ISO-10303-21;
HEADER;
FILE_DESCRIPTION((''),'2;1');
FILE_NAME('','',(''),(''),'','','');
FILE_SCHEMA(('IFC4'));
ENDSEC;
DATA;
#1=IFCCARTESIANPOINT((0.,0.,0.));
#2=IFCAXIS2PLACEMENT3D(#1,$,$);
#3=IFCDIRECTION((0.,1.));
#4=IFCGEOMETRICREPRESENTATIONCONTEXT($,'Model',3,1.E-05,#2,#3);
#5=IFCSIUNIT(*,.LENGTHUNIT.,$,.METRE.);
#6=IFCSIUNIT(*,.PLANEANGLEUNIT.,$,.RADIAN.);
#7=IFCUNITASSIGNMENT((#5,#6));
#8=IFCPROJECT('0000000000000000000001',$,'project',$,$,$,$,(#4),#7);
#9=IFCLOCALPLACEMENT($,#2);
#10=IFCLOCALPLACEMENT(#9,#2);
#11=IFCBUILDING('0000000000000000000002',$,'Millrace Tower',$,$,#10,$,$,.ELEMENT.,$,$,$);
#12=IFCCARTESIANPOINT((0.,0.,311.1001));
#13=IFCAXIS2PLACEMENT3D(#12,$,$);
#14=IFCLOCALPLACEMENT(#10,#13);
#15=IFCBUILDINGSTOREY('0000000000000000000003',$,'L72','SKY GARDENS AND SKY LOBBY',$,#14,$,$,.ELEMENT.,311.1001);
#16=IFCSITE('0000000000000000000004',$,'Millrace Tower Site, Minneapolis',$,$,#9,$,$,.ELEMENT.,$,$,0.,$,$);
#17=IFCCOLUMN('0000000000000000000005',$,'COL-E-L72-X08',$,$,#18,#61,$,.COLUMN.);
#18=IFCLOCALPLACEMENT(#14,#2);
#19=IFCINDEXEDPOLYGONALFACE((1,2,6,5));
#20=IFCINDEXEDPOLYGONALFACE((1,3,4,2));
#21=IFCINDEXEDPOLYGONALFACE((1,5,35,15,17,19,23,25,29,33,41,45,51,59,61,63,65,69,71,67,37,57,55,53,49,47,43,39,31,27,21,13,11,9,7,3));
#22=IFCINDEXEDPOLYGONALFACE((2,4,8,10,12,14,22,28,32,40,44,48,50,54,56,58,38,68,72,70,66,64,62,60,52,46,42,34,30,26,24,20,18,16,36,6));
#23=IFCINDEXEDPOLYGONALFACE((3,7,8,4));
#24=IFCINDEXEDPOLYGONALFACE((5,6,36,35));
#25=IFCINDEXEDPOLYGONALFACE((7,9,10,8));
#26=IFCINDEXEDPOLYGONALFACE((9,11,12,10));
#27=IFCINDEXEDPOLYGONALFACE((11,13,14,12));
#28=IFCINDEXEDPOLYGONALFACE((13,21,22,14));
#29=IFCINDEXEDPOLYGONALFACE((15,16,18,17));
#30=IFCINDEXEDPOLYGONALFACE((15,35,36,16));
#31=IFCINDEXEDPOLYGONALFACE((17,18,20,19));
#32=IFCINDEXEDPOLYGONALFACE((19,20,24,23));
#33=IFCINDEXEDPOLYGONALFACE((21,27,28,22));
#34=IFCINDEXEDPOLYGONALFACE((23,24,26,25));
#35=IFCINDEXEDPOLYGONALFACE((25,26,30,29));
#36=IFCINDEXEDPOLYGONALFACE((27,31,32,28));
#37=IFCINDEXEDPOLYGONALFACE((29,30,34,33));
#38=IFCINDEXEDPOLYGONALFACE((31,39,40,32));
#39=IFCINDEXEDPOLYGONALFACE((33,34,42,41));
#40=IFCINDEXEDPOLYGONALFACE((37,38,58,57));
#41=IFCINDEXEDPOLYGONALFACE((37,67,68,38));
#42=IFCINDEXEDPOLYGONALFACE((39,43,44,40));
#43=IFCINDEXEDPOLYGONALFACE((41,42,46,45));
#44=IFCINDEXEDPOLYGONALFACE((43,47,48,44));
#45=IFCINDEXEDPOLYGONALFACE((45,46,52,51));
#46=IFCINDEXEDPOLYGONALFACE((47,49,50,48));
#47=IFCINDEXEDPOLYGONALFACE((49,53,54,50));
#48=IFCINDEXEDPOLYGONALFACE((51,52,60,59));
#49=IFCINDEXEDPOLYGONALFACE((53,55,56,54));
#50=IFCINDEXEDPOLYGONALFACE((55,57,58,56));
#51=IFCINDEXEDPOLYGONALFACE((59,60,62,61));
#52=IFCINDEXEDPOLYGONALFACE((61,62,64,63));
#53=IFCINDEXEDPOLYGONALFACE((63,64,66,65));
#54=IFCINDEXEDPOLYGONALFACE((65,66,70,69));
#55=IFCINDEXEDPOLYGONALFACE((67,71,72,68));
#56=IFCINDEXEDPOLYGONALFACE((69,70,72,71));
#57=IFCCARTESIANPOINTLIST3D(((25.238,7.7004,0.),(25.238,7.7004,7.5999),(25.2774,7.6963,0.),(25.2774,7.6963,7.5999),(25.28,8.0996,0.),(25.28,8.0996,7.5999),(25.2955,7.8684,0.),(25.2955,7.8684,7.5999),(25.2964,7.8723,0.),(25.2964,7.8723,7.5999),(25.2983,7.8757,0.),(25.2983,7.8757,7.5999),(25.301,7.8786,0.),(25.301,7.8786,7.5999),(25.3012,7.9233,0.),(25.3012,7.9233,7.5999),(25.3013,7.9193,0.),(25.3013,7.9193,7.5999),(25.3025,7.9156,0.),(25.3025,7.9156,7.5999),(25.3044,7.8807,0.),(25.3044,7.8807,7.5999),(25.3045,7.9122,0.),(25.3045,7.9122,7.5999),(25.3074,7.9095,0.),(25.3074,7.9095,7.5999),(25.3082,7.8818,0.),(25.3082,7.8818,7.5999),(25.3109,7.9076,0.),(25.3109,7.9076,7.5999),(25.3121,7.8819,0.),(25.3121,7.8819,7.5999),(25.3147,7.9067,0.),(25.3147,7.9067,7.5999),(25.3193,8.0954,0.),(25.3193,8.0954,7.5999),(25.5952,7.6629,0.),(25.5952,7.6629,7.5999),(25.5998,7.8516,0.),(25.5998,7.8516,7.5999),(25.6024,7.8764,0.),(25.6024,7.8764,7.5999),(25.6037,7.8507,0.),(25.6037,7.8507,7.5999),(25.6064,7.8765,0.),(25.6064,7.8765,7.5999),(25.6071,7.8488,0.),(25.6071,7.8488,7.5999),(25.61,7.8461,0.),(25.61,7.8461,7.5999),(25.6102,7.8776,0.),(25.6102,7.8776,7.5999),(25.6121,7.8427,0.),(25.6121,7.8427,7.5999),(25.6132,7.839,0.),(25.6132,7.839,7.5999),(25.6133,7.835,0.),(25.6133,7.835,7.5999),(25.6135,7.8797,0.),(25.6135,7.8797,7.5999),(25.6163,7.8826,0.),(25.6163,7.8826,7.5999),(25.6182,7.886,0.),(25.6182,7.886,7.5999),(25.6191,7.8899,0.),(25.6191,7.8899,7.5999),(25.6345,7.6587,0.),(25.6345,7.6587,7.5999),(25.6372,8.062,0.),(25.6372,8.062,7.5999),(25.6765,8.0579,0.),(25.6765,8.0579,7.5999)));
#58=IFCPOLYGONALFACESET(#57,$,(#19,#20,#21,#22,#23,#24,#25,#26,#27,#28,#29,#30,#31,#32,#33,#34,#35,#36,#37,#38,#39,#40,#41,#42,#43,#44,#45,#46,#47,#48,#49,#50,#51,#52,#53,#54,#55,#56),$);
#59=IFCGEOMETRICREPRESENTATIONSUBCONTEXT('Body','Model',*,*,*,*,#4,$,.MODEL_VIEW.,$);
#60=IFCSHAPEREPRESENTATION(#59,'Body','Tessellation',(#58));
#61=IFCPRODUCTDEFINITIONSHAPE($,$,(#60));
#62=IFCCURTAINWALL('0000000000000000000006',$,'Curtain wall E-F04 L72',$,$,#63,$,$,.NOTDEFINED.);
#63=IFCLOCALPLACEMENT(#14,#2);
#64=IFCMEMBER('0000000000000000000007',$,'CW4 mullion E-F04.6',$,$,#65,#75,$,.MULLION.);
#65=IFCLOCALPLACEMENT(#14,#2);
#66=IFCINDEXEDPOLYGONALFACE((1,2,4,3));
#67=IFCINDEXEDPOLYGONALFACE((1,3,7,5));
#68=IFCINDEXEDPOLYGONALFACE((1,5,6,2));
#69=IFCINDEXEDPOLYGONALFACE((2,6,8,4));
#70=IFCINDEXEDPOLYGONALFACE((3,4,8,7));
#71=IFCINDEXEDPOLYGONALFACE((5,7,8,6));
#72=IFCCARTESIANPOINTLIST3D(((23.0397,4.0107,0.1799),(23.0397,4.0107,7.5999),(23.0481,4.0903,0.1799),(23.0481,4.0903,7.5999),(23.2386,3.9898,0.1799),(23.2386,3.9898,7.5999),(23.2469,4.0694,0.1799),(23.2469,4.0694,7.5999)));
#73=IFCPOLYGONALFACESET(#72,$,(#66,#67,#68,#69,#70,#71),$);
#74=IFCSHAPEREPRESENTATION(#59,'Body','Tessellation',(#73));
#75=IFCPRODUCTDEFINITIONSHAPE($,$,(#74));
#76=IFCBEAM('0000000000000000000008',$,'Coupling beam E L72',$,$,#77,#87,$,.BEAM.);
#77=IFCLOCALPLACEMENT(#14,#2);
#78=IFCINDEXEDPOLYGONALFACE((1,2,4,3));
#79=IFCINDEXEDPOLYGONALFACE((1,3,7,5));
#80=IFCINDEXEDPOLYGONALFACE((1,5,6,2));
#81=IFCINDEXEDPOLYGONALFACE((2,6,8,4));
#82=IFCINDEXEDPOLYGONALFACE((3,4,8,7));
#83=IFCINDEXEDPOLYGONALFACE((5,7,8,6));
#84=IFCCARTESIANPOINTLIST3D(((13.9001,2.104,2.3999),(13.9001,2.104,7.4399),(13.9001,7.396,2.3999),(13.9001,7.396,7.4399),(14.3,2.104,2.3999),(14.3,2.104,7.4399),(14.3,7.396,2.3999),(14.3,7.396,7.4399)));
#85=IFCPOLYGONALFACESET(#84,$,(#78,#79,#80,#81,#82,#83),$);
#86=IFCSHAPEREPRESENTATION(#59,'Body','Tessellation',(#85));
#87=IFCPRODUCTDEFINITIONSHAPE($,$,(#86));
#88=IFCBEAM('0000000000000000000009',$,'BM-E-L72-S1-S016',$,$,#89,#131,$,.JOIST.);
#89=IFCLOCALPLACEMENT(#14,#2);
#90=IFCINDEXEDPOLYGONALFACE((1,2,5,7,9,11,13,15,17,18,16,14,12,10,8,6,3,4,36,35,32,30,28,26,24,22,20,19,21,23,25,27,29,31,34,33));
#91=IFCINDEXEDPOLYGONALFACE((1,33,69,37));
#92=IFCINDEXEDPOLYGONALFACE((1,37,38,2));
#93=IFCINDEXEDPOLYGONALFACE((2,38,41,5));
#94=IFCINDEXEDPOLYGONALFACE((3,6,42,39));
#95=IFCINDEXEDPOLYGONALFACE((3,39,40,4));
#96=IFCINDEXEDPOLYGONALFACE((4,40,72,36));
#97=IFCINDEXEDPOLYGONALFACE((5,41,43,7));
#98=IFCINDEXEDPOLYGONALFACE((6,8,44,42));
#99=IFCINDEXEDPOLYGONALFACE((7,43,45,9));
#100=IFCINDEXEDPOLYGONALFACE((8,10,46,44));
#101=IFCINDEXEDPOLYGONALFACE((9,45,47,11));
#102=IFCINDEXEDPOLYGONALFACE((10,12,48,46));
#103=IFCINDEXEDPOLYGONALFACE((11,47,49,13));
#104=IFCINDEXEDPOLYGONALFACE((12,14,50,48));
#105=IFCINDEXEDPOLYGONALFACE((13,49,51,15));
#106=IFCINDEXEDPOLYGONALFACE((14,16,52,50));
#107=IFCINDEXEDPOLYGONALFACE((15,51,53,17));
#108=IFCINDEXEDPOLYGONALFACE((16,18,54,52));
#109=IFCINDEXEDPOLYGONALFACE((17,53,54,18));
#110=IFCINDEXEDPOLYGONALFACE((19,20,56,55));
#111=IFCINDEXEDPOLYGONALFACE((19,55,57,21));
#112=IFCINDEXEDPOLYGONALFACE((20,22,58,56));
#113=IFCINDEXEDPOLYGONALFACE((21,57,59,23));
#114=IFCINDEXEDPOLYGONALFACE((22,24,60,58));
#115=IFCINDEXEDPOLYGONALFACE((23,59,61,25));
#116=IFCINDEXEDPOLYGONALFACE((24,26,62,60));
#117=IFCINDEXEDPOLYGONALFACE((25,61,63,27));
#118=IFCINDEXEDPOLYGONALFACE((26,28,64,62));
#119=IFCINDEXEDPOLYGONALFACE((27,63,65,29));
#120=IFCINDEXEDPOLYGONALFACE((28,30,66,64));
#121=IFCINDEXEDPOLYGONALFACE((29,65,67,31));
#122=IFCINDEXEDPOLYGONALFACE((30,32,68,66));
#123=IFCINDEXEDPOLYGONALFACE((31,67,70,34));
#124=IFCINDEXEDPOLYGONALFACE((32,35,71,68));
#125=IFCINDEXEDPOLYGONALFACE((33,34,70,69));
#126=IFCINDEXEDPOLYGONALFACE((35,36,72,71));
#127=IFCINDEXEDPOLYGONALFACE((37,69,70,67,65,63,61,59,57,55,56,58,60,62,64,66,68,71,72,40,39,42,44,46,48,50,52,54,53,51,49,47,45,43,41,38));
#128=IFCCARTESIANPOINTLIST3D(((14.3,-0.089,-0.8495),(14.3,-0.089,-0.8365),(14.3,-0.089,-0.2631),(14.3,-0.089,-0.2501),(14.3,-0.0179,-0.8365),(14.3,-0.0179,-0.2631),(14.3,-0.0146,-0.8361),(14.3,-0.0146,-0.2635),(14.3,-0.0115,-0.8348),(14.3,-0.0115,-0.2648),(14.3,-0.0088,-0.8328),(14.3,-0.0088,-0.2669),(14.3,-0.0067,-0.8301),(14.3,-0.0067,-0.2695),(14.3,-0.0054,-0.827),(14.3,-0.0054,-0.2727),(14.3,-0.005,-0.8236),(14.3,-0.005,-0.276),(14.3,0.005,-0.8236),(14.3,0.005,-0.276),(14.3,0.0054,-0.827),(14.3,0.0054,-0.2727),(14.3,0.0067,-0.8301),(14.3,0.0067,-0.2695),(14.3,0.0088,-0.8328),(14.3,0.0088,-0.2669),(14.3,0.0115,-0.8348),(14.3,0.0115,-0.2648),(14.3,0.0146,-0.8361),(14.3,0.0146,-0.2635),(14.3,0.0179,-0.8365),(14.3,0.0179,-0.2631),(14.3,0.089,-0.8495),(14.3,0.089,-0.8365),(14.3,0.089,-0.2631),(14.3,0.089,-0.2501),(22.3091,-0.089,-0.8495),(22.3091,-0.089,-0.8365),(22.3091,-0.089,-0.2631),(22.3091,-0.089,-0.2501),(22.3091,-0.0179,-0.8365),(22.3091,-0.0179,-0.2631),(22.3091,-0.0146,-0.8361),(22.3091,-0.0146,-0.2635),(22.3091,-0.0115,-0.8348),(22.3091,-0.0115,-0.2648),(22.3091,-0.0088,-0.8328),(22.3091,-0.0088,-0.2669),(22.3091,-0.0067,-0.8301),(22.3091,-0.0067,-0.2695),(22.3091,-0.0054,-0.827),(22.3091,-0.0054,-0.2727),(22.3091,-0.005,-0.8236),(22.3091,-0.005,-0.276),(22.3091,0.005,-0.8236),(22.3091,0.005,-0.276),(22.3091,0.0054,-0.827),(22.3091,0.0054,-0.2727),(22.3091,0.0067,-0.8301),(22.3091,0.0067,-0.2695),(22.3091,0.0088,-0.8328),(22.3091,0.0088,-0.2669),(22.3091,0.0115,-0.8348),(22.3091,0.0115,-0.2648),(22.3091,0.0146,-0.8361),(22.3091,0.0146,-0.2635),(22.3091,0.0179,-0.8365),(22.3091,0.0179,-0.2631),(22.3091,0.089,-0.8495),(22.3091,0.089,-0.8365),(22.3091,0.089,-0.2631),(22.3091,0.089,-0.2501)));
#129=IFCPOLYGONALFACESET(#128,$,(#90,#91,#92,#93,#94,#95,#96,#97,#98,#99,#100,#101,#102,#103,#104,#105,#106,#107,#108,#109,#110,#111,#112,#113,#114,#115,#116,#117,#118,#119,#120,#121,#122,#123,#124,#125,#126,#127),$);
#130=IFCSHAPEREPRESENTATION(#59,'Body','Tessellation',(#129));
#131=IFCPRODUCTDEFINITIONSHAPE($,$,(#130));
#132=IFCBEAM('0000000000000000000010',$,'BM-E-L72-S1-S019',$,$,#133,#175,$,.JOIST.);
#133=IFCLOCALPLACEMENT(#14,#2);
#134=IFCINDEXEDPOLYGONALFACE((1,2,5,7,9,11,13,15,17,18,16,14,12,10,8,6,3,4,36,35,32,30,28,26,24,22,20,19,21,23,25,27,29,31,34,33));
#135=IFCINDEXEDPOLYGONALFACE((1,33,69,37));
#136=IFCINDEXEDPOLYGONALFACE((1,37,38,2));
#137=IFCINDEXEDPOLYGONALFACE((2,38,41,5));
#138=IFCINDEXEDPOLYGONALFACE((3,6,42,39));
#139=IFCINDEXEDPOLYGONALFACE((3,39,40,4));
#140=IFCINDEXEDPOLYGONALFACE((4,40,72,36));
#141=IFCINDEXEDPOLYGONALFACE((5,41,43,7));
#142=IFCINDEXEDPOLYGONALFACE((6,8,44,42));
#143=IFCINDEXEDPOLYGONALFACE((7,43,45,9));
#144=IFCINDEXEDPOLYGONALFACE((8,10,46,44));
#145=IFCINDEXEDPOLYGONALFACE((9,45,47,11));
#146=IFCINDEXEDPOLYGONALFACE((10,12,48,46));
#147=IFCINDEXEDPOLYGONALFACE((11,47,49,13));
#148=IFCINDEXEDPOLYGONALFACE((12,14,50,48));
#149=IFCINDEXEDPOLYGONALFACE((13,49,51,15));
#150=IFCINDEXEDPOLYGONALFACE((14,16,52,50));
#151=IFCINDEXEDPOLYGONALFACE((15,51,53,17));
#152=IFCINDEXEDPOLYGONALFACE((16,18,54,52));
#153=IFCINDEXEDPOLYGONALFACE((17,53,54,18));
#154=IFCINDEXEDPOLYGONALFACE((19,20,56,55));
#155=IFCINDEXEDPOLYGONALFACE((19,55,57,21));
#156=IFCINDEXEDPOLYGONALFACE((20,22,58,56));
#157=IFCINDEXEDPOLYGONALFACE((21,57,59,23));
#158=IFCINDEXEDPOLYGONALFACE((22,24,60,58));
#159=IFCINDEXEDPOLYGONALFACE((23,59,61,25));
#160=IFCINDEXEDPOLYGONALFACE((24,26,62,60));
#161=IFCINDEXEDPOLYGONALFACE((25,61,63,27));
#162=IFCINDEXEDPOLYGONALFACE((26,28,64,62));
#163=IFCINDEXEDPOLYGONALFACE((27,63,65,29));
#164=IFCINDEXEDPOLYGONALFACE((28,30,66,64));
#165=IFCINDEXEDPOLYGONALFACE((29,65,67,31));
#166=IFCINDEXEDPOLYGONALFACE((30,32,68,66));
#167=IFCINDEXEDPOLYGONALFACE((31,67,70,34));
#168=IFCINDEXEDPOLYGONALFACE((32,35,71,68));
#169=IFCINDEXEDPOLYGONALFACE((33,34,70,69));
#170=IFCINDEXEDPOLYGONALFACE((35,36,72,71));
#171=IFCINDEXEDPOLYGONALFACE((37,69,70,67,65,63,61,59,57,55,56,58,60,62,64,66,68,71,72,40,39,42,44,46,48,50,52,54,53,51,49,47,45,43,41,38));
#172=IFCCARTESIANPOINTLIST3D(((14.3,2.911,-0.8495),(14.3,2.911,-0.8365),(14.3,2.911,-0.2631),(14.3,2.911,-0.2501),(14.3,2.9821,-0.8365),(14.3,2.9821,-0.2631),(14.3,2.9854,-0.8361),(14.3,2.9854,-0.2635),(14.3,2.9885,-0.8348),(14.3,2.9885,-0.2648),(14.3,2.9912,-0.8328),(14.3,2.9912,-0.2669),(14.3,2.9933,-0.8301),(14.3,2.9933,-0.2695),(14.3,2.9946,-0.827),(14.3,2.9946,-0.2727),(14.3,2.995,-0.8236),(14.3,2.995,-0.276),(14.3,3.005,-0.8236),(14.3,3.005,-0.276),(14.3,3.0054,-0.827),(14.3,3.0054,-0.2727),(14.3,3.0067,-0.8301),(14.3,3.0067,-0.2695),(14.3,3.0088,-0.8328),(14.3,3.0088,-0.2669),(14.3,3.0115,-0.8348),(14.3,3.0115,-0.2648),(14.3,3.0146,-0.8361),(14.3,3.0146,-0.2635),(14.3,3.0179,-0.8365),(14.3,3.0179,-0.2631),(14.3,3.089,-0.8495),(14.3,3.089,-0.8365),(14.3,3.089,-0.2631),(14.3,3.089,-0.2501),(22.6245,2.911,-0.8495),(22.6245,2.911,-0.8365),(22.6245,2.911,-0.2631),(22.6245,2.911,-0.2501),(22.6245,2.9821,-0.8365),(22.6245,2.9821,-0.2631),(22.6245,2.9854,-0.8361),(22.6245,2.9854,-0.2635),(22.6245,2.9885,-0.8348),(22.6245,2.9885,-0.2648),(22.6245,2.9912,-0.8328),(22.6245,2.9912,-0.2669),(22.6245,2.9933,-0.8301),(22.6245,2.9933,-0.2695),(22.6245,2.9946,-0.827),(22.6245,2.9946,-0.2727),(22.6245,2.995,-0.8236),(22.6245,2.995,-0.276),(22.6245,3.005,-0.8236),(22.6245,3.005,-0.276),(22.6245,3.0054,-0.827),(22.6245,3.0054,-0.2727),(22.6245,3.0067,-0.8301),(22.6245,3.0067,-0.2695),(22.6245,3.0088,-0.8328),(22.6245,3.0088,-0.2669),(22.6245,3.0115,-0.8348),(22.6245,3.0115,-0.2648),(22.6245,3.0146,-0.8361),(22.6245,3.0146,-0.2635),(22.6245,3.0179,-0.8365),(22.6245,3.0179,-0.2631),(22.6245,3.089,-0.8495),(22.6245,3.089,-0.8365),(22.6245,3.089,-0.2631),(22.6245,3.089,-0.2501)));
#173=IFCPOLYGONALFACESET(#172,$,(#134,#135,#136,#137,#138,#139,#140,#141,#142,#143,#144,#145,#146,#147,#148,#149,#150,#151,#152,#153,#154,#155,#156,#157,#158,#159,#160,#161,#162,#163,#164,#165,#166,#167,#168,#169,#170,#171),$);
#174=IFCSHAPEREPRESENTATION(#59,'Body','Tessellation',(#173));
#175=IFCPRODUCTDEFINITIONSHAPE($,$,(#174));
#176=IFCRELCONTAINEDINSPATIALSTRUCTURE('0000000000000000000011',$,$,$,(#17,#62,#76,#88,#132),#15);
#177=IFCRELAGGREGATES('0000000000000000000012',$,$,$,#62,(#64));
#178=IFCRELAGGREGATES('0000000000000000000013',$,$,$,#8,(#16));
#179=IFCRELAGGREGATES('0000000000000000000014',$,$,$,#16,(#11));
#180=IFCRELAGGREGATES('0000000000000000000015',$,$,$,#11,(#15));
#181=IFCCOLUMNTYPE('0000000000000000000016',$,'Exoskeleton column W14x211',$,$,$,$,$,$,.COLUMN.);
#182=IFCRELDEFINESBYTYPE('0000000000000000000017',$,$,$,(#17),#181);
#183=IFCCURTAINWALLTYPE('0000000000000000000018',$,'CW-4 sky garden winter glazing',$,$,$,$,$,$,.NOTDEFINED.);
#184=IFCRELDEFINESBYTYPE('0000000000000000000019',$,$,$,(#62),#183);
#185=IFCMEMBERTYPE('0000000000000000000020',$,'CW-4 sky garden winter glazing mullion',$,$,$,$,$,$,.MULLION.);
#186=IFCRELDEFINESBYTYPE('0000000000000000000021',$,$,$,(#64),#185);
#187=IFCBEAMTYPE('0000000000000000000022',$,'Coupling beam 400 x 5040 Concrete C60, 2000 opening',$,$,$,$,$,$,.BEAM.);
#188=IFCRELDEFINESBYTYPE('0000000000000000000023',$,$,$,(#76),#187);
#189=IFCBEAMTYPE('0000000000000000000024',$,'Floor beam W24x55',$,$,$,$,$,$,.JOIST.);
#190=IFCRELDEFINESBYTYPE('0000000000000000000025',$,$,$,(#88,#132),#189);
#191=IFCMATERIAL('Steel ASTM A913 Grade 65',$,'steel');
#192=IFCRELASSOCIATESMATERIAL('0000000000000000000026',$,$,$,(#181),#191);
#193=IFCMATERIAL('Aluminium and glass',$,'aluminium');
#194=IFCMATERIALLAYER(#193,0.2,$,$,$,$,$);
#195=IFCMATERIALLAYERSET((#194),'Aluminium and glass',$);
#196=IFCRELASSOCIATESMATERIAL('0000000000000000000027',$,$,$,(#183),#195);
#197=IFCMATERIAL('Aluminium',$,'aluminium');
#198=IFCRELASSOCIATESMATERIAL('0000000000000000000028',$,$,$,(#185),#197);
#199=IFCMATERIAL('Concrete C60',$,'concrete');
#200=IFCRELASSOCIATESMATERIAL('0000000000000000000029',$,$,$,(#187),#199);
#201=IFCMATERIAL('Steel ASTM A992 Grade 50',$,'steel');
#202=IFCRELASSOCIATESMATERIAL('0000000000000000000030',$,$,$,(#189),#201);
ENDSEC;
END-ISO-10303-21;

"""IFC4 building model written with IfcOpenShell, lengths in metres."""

from ifc_helpers import new_model, si_unit, direction, frame, origin, origin_2d, place, context, subcontext, project, spatial, rectangle, i_section, extrude, material, layer, layer_set, material_profile, profile_set, type_object, element, aggregate, save


model = new_model("IFC4")

# Units and contexts
model_context = context("Model", 3, precision=1e-05, world=origin(), true_north=direction((0.0, 1.0)))
body_context = subcontext(model_context, "Body", "Model", "MODEL_VIEW")
ifc_project = project(units=[si_unit("LENGTHUNIT", "METRE"), si_unit("PLANEANGLEUNIT", "RADIAN")], contexts=[model_context])

# Site, building, storey
site_placement = place(None, origin())
site = spatial("IfcSite", under=ifc_project, at=site_placement, Name="Millrace Tower Site, Minneapolis", CompositionType="ELEMENT", RefElevation=0.0)
building_placement = place(site_placement, origin())
building = spatial("IfcBuilding", under=site, at=building_placement, Name="Millrace Tower", CompositionType="ELEMENT")
storey_placement = place(building_placement, frame((0.0, 0.0, 311.1001)))
storey = spatial("IfcBuildingStorey", under=building, at=storey_placement, Name="L72", Description="SKY GARDENS AND SKY LOBBY", CompositionType="ELEMENT", Elevation=311.1001)

# Column
ifc_material_1 = material(Name="Steel ASTM A913 Grade 65", Category="steel")
ifc_material_profile_1 = material_profile(ifc_material_1, i_section(OverallWidth=0.4014, OverallDepth=0.3987, WebThickness=0.0249, FlangeThickness=0.0396, FilletRadius=0.0151, at=origin_2d()))
ifc_profile_set_1 = profile_set([ifc_material_profile_1], Name="Steel ASTM A913 Grade 65")
column_type = type_object("IfcColumnType", Name="Exoskeleton column W14x211", PredefinedType="COLUMN", material=ifc_profile_set_1)
column_placement = place(storey_placement, frame((25.4573, 7.8792, 0.0), z_axis=(0.0, 0.0, 1.0), x_axis=(0.104528, 0.994522, 0.0)))
element("IfcColumn", 1, at=column_placement, inside=storey, type_object=column_type, Name="COL-E-L72-X08", PredefinedType="COLUMN", context=body_context, shape_type="SweptSolid", body=[
    extrude(i_section(OverallWidth=0.4014, OverallDepth=0.3987, WebThickness=0.0249, FlangeThickness=0.0396, FilletRadius=0.0151, at=origin_2d()), origin(), (0.0, 0.0, 1.0), 7.5999),
])

# Curtain wall, member
ifc_material_2 = material(Name="Aluminium and glass", Category="aluminium")
ifc_layer_1 = layer(ifc_material_2, 0.2)
ifc_layer_set_1 = layer_set([ifc_layer_1], Name="Aluminium and glass")
curtain_wall_type = type_object("IfcCurtainWallType", Name="CW-4 sky garden winter glazing", PredefinedType="NOTDEFINED", material=ifc_layer_set_1)
curtain_wall_placement = place(storey_placement, origin())
curtain_wall = element("IfcCurtainWall", 2, at=curtain_wall_placement, inside=storey, type_object=curtain_wall_type, Name="Curtain wall E-F04 L72", PredefinedType="NOTDEFINED")
ifc_material_3 = material(Name="Aluminium", Category="aluminium")
ifc_material_profile_2 = material_profile(ifc_material_3, rectangle(XDim=0.0801, YDim=0.2, at=origin_2d()))
ifc_profile_set_2 = profile_set([ifc_material_profile_2], Name="Aluminium")
member_type = type_object("IfcMemberType", Name="CW-4 sky garden winter glazing mullion", PredefinedType="MULLION", material=ifc_profile_set_2)
member_placement = place(storey_placement, frame((23.1433, 4.04, 0.1799), z_axis=(0.0, 0.0, 1.0), x_axis=(0.104528, 0.994522, 0.0)))
member = element("IfcMember", 3, at=member_placement, type_object=member_type, Name="CW4 mullion E-F04.6", PredefinedType="MULLION", context=body_context, shape_type="SweptSolid", body=[
    extrude(rectangle(XDim=0.0801, YDim=0.2, at=origin_2d()), origin(), (0.0, 0.0, 1.0), 7.4199),
])
aggregate(curtain_wall, [member])

# Beams
ifc_material_4 = material(Name="Concrete C60", Category="concrete")
ifc_material_profile_3 = material_profile(ifc_material_4, rectangle(XDim=0.3999, YDim=5.04, at=origin_2d()))
ifc_profile_set_3 = profile_set([ifc_material_profile_3], Name="Concrete C60")
beam_type_1 = type_object("IfcBeamType", Name="Coupling beam 400 x 5040 Concrete C60, 2000 opening", PredefinedType="BEAM", material=ifc_profile_set_3)
beam_1_placement = place(storey_placement, frame((14.1001, 7.396, 4.9199), z_axis=(0.0, -1.0, 0.0), x_axis=(1.0, 0.0, 0.0)))
element("IfcBeam", 4, at=beam_1_placement, inside=storey, type_object=beam_type_1, Name="Coupling beam E L72", PredefinedType="BEAM", context=body_context, shape_type="SweptSolid", body=[
    extrude(rectangle(XDim=0.3999, YDim=5.04, at=origin_2d()), origin(), (0.0, 0.0, 1.0), 5.292),
])
ifc_material_5 = material(Name="Steel ASTM A992 Grade 50", Category="steel")
ifc_material_profile_4 = material_profile(ifc_material_5, i_section(OverallWidth=0.178, OverallDepth=0.5994, WebThickness=0.01, FlangeThickness=0.0129, FilletRadius=0.0129, at=origin_2d()))
ifc_profile_set_4 = profile_set([ifc_material_profile_4], Name="Steel ASTM A992 Grade 50")
beam_type_2 = type_object("IfcBeamType", Name="Floor beam W24x55", PredefinedType="JOIST", material=ifc_profile_set_4)
beam_2_placement = place(storey_placement, frame((14.3, 0.0, -0.5498), z_axis=(1.0, 0.0, 0.0), x_axis=(0.0, 1.0, 0.0)))
element("IfcBeam", 5, at=beam_2_placement, inside=storey, type_object=beam_type_2, Name="BM-E-L72-S1-S016", PredefinedType="JOIST", context=body_context, shape_type="SweptSolid", body=[
    extrude(i_section(OverallWidth=0.178, OverallDepth=0.5994, WebThickness=0.01, FlangeThickness=0.0129, FilletRadius=0.0129, at=origin_2d()), origin(), (0.0, 0.0, 1.0), 8.009),
])
beam_3_placement = place(storey_placement, frame((14.3, 3.0, -0.5498), z_axis=(1.0, 0.0, 0.0), x_axis=(0.0, 1.0, 0.0)))
element("IfcBeam", 6, at=beam_3_placement, inside=storey, type_object=beam_type_2, Name="BM-E-L72-S1-S019", PredefinedType="JOIST", context=body_context, shape_type="SweptSolid", body=[
    extrude(i_section(OverallWidth=0.178, OverallDepth=0.5994, WebThickness=0.01, FlangeThickness=0.0129, FilletRadius=0.0129, at=origin_2d()), origin(), (0.0, 0.0, 1.0), 8.3245),
])

save(model, "model.ifc")
